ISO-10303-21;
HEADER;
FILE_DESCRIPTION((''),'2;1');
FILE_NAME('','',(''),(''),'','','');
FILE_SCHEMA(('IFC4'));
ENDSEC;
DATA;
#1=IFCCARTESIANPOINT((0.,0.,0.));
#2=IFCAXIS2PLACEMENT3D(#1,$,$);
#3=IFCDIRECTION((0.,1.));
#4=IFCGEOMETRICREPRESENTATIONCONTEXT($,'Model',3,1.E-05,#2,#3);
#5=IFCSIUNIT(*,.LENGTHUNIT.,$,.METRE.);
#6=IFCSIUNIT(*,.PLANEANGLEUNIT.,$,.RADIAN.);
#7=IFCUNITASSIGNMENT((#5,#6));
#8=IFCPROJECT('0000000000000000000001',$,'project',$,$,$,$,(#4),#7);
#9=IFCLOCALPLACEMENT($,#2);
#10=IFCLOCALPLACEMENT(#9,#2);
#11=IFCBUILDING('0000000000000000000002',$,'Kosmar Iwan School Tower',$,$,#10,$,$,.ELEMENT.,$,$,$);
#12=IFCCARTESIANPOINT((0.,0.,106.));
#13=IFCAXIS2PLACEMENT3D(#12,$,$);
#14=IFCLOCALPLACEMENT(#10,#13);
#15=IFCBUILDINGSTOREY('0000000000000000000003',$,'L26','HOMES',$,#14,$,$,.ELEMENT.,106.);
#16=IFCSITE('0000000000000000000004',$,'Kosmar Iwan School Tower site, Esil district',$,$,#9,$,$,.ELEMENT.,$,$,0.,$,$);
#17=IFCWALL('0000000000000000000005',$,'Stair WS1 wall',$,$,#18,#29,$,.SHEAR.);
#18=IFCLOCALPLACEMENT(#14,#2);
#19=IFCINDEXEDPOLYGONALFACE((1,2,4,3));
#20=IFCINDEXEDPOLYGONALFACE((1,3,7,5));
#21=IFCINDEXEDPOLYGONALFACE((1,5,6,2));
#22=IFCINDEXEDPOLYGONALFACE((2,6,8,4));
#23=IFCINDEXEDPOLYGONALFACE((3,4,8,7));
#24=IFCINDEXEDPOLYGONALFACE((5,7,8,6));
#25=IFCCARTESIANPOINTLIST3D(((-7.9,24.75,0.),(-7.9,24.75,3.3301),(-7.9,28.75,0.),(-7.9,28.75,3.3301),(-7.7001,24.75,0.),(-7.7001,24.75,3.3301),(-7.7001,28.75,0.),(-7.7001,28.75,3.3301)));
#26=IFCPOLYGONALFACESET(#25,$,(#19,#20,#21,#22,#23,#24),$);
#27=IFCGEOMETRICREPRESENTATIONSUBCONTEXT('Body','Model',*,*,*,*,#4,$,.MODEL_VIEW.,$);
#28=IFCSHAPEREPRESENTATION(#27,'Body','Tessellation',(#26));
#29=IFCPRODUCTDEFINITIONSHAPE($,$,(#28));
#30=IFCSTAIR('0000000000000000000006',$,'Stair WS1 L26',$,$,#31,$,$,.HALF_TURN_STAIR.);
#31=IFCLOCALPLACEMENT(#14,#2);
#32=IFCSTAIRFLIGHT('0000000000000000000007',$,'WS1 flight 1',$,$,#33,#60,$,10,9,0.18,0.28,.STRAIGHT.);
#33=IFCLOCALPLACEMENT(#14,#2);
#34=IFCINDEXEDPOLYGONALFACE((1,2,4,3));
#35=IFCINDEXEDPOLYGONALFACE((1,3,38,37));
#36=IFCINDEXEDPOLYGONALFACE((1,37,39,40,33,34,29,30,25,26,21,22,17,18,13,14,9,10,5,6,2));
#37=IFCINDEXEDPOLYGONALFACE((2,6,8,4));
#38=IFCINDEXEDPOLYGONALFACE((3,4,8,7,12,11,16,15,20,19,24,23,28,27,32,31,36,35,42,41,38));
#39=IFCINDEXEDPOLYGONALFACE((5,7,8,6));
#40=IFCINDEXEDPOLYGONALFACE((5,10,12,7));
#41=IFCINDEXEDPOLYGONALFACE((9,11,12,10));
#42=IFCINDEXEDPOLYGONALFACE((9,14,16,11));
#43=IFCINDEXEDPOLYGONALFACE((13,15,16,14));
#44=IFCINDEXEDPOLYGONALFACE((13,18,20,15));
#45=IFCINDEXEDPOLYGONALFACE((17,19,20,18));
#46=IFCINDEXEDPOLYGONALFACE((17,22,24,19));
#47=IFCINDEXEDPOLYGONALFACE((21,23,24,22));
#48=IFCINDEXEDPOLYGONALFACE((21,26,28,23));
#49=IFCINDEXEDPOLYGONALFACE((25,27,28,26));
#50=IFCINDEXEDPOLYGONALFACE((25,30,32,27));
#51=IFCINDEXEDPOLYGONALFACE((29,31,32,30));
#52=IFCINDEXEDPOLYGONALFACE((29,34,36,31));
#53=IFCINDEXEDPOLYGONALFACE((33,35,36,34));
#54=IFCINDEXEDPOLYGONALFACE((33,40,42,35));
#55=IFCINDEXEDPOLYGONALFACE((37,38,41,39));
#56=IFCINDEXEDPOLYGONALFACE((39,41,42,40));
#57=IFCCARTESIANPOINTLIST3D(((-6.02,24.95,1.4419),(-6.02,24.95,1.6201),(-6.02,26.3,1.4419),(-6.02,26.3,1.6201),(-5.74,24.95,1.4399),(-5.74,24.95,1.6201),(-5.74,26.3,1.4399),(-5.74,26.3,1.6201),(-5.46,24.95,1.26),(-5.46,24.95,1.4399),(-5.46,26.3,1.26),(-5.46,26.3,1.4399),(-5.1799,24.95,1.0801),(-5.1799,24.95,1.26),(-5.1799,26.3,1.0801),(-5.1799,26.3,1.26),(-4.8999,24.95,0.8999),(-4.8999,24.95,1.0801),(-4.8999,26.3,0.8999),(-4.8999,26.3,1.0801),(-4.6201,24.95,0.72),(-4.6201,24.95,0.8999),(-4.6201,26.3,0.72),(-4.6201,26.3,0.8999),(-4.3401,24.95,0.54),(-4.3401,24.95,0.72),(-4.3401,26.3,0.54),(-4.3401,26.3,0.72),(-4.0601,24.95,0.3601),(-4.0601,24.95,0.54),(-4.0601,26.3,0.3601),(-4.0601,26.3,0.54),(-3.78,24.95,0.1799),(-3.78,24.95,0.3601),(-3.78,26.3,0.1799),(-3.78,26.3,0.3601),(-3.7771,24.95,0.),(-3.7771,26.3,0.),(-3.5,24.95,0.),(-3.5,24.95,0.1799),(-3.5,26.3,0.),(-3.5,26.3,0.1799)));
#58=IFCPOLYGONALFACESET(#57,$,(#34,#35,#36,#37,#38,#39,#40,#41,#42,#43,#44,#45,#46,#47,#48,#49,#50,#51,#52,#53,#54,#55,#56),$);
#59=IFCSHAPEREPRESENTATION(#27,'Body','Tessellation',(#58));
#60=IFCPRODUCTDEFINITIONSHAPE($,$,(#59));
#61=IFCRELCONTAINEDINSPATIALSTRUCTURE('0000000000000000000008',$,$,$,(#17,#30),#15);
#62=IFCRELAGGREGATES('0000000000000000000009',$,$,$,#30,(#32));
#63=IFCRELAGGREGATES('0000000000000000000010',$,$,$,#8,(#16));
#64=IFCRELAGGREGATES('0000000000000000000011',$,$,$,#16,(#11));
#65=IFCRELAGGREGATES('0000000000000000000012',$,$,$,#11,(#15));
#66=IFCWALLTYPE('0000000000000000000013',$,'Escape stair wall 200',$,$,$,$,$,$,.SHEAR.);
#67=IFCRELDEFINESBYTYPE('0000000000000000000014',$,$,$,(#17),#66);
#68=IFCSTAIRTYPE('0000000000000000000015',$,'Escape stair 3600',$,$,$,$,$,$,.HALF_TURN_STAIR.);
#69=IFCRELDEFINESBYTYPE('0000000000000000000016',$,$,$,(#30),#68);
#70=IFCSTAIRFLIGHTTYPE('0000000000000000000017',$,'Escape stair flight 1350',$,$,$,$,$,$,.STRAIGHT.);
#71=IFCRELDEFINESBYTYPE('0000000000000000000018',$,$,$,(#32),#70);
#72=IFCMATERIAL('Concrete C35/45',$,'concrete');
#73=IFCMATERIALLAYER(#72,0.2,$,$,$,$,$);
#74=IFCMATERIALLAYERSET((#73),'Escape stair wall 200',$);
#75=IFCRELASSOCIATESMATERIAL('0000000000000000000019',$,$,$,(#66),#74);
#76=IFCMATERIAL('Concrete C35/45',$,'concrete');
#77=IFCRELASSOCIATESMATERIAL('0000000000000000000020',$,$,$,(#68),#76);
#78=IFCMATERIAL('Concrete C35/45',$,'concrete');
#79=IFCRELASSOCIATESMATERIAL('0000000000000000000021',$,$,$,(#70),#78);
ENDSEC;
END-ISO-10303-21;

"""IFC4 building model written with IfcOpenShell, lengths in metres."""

from ifc_helpers import new_model, si_unit, direction, frame, frame_2d, origin, place, context, subcontext, project, spatial, polyline, rectangle, outline, extrude, material, layer, layer_set, type_object, element, aggregate, save


model = new_model("IFC4")

# Units and contexts
model_context = context("Model", 3, precision=1e-05, world=origin(), true_north=direction((0.0, 1.0)))
body_context = subcontext(model_context, "Body", "Model", "MODEL_VIEW")
ifc_project = project(units=[si_unit("LENGTHUNIT", "METRE"), si_unit("PLANEANGLEUNIT", "RADIAN")], contexts=[model_context])

# Site, building, storey
site_placement = place(None, origin())
site = spatial("IfcSite", under=ifc_project, at=site_placement, Name="Kosmar Iwan School Tower site, Esil district", CompositionType="ELEMENT", RefElevation=0.0)
building_placement = place(site_placement, origin())
building = spatial("IfcBuilding", under=site, at=building_placement, Name="Kosmar Iwan School Tower", CompositionType="ELEMENT")
storey_placement = place(building_placement, frame((0.0, 0.0, 106.0)))
storey = spatial("IfcBuildingStorey", under=building, at=storey_placement, Name="L26", Description="HOMES", CompositionType="ELEMENT", Elevation=106.0)

# Wall
ifc_material_1 = material(Name="Concrete C35/45", Category="concrete")
ifc_layer_1 = layer(ifc_material_1, 0.2)
ifc_layer_set_1 = layer_set([ifc_layer_1], Name="Escape stair wall 200")
wall_type_1 = type_object("IfcWallType", Name="Escape stair wall 200", PredefinedType="SHEAR", material=ifc_layer_set_1)
wall_1_placement = place(storey_placement, frame((-7.8, 24.75, 0.0), z_axis=(0.0, 0.0, 1.0), x_axis=(0.0, 1.0, 0.0)))
element("IfcWall", 1, at=wall_1_placement, inside=storey, type_object=wall_type_1, Name="Stair WS1 wall", PredefinedType="SHEAR", context=body_context, shape_type="SweptSolid", body=[
    extrude(rectangle(XDim=4.0, YDim=0.2, at=frame_2d((2.0, 0.0))), origin(), (0.0, 0.0, 1.0), 3.3301),
])

# Stair, stair flight
ifc_material_2 = material(Name="Concrete C35/45", Category="concrete")
stair_type = type_object("IfcStairType", Name="Escape stair 3600", PredefinedType="HALF_TURN_STAIR", material=ifc_material_2)
stair_placement = place(storey_placement, origin())
stair = element("IfcStair", 2, at=stair_placement, inside=storey, type_object=stair_type, Name="Stair WS1 L26", PredefinedType="HALF_TURN_STAIR")
ifc_material_3 = material(Name="Concrete C35/45", Category="concrete")
stair_flight_type = type_object("IfcStairFlightType", Name="Escape stair flight 1350", PredefinedType="STRAIGHT", material=ifc_material_3)
stair_flight_placement = place(storey_placement, frame((-3.5, 25.625, 0.0), z_axis=(0.0, 0.0, 1.0), x_axis=(-1.0, 0.0, 0.0)))
stair_flight = element("IfcStairFlight", 3, at=stair_flight_placement, type_object=stair_flight_type, Name="WS1 flight 1", NumberOfRisers=10, NumberOfTreads=9, PredefinedType="STRAIGHT", RiserHeight=0.18, TreadLength=0.28, context=body_context, shape_type="SweptSolid", body=[
    extrude(outline(polyline([(0.0, 0.0), (0.0, 0.1799), (0.28, 0.1799), (0.28, 0.3601), (0.5601, 0.3601), (0.5601, 0.54), (0.8401, 0.54), (0.8401, 0.72), (1.1201, 0.72), (1.1201, 0.8999), (1.3999, 0.8999), (1.3999, 1.0801), (1.6799, 1.0801), (1.6799, 1.26), (1.96, 1.26), (1.96, 1.4399), (2.24, 1.4399), (2.24, 1.6201), (2.52, 1.6201), (2.52, 1.8), (2.52, 1.4419), (0.2771, 0.0), (0.0, 0.0)])), frame((0.0, 0.675, 0.0), z_axis=(0.0, -1.0, 0.0), x_axis=(1.0, 0.0, 0.0)), (0.0, 0.0, 1.0), 1.3501),
])
aggregate(stair, [stair_flight])

save(model, "model.ifc")
